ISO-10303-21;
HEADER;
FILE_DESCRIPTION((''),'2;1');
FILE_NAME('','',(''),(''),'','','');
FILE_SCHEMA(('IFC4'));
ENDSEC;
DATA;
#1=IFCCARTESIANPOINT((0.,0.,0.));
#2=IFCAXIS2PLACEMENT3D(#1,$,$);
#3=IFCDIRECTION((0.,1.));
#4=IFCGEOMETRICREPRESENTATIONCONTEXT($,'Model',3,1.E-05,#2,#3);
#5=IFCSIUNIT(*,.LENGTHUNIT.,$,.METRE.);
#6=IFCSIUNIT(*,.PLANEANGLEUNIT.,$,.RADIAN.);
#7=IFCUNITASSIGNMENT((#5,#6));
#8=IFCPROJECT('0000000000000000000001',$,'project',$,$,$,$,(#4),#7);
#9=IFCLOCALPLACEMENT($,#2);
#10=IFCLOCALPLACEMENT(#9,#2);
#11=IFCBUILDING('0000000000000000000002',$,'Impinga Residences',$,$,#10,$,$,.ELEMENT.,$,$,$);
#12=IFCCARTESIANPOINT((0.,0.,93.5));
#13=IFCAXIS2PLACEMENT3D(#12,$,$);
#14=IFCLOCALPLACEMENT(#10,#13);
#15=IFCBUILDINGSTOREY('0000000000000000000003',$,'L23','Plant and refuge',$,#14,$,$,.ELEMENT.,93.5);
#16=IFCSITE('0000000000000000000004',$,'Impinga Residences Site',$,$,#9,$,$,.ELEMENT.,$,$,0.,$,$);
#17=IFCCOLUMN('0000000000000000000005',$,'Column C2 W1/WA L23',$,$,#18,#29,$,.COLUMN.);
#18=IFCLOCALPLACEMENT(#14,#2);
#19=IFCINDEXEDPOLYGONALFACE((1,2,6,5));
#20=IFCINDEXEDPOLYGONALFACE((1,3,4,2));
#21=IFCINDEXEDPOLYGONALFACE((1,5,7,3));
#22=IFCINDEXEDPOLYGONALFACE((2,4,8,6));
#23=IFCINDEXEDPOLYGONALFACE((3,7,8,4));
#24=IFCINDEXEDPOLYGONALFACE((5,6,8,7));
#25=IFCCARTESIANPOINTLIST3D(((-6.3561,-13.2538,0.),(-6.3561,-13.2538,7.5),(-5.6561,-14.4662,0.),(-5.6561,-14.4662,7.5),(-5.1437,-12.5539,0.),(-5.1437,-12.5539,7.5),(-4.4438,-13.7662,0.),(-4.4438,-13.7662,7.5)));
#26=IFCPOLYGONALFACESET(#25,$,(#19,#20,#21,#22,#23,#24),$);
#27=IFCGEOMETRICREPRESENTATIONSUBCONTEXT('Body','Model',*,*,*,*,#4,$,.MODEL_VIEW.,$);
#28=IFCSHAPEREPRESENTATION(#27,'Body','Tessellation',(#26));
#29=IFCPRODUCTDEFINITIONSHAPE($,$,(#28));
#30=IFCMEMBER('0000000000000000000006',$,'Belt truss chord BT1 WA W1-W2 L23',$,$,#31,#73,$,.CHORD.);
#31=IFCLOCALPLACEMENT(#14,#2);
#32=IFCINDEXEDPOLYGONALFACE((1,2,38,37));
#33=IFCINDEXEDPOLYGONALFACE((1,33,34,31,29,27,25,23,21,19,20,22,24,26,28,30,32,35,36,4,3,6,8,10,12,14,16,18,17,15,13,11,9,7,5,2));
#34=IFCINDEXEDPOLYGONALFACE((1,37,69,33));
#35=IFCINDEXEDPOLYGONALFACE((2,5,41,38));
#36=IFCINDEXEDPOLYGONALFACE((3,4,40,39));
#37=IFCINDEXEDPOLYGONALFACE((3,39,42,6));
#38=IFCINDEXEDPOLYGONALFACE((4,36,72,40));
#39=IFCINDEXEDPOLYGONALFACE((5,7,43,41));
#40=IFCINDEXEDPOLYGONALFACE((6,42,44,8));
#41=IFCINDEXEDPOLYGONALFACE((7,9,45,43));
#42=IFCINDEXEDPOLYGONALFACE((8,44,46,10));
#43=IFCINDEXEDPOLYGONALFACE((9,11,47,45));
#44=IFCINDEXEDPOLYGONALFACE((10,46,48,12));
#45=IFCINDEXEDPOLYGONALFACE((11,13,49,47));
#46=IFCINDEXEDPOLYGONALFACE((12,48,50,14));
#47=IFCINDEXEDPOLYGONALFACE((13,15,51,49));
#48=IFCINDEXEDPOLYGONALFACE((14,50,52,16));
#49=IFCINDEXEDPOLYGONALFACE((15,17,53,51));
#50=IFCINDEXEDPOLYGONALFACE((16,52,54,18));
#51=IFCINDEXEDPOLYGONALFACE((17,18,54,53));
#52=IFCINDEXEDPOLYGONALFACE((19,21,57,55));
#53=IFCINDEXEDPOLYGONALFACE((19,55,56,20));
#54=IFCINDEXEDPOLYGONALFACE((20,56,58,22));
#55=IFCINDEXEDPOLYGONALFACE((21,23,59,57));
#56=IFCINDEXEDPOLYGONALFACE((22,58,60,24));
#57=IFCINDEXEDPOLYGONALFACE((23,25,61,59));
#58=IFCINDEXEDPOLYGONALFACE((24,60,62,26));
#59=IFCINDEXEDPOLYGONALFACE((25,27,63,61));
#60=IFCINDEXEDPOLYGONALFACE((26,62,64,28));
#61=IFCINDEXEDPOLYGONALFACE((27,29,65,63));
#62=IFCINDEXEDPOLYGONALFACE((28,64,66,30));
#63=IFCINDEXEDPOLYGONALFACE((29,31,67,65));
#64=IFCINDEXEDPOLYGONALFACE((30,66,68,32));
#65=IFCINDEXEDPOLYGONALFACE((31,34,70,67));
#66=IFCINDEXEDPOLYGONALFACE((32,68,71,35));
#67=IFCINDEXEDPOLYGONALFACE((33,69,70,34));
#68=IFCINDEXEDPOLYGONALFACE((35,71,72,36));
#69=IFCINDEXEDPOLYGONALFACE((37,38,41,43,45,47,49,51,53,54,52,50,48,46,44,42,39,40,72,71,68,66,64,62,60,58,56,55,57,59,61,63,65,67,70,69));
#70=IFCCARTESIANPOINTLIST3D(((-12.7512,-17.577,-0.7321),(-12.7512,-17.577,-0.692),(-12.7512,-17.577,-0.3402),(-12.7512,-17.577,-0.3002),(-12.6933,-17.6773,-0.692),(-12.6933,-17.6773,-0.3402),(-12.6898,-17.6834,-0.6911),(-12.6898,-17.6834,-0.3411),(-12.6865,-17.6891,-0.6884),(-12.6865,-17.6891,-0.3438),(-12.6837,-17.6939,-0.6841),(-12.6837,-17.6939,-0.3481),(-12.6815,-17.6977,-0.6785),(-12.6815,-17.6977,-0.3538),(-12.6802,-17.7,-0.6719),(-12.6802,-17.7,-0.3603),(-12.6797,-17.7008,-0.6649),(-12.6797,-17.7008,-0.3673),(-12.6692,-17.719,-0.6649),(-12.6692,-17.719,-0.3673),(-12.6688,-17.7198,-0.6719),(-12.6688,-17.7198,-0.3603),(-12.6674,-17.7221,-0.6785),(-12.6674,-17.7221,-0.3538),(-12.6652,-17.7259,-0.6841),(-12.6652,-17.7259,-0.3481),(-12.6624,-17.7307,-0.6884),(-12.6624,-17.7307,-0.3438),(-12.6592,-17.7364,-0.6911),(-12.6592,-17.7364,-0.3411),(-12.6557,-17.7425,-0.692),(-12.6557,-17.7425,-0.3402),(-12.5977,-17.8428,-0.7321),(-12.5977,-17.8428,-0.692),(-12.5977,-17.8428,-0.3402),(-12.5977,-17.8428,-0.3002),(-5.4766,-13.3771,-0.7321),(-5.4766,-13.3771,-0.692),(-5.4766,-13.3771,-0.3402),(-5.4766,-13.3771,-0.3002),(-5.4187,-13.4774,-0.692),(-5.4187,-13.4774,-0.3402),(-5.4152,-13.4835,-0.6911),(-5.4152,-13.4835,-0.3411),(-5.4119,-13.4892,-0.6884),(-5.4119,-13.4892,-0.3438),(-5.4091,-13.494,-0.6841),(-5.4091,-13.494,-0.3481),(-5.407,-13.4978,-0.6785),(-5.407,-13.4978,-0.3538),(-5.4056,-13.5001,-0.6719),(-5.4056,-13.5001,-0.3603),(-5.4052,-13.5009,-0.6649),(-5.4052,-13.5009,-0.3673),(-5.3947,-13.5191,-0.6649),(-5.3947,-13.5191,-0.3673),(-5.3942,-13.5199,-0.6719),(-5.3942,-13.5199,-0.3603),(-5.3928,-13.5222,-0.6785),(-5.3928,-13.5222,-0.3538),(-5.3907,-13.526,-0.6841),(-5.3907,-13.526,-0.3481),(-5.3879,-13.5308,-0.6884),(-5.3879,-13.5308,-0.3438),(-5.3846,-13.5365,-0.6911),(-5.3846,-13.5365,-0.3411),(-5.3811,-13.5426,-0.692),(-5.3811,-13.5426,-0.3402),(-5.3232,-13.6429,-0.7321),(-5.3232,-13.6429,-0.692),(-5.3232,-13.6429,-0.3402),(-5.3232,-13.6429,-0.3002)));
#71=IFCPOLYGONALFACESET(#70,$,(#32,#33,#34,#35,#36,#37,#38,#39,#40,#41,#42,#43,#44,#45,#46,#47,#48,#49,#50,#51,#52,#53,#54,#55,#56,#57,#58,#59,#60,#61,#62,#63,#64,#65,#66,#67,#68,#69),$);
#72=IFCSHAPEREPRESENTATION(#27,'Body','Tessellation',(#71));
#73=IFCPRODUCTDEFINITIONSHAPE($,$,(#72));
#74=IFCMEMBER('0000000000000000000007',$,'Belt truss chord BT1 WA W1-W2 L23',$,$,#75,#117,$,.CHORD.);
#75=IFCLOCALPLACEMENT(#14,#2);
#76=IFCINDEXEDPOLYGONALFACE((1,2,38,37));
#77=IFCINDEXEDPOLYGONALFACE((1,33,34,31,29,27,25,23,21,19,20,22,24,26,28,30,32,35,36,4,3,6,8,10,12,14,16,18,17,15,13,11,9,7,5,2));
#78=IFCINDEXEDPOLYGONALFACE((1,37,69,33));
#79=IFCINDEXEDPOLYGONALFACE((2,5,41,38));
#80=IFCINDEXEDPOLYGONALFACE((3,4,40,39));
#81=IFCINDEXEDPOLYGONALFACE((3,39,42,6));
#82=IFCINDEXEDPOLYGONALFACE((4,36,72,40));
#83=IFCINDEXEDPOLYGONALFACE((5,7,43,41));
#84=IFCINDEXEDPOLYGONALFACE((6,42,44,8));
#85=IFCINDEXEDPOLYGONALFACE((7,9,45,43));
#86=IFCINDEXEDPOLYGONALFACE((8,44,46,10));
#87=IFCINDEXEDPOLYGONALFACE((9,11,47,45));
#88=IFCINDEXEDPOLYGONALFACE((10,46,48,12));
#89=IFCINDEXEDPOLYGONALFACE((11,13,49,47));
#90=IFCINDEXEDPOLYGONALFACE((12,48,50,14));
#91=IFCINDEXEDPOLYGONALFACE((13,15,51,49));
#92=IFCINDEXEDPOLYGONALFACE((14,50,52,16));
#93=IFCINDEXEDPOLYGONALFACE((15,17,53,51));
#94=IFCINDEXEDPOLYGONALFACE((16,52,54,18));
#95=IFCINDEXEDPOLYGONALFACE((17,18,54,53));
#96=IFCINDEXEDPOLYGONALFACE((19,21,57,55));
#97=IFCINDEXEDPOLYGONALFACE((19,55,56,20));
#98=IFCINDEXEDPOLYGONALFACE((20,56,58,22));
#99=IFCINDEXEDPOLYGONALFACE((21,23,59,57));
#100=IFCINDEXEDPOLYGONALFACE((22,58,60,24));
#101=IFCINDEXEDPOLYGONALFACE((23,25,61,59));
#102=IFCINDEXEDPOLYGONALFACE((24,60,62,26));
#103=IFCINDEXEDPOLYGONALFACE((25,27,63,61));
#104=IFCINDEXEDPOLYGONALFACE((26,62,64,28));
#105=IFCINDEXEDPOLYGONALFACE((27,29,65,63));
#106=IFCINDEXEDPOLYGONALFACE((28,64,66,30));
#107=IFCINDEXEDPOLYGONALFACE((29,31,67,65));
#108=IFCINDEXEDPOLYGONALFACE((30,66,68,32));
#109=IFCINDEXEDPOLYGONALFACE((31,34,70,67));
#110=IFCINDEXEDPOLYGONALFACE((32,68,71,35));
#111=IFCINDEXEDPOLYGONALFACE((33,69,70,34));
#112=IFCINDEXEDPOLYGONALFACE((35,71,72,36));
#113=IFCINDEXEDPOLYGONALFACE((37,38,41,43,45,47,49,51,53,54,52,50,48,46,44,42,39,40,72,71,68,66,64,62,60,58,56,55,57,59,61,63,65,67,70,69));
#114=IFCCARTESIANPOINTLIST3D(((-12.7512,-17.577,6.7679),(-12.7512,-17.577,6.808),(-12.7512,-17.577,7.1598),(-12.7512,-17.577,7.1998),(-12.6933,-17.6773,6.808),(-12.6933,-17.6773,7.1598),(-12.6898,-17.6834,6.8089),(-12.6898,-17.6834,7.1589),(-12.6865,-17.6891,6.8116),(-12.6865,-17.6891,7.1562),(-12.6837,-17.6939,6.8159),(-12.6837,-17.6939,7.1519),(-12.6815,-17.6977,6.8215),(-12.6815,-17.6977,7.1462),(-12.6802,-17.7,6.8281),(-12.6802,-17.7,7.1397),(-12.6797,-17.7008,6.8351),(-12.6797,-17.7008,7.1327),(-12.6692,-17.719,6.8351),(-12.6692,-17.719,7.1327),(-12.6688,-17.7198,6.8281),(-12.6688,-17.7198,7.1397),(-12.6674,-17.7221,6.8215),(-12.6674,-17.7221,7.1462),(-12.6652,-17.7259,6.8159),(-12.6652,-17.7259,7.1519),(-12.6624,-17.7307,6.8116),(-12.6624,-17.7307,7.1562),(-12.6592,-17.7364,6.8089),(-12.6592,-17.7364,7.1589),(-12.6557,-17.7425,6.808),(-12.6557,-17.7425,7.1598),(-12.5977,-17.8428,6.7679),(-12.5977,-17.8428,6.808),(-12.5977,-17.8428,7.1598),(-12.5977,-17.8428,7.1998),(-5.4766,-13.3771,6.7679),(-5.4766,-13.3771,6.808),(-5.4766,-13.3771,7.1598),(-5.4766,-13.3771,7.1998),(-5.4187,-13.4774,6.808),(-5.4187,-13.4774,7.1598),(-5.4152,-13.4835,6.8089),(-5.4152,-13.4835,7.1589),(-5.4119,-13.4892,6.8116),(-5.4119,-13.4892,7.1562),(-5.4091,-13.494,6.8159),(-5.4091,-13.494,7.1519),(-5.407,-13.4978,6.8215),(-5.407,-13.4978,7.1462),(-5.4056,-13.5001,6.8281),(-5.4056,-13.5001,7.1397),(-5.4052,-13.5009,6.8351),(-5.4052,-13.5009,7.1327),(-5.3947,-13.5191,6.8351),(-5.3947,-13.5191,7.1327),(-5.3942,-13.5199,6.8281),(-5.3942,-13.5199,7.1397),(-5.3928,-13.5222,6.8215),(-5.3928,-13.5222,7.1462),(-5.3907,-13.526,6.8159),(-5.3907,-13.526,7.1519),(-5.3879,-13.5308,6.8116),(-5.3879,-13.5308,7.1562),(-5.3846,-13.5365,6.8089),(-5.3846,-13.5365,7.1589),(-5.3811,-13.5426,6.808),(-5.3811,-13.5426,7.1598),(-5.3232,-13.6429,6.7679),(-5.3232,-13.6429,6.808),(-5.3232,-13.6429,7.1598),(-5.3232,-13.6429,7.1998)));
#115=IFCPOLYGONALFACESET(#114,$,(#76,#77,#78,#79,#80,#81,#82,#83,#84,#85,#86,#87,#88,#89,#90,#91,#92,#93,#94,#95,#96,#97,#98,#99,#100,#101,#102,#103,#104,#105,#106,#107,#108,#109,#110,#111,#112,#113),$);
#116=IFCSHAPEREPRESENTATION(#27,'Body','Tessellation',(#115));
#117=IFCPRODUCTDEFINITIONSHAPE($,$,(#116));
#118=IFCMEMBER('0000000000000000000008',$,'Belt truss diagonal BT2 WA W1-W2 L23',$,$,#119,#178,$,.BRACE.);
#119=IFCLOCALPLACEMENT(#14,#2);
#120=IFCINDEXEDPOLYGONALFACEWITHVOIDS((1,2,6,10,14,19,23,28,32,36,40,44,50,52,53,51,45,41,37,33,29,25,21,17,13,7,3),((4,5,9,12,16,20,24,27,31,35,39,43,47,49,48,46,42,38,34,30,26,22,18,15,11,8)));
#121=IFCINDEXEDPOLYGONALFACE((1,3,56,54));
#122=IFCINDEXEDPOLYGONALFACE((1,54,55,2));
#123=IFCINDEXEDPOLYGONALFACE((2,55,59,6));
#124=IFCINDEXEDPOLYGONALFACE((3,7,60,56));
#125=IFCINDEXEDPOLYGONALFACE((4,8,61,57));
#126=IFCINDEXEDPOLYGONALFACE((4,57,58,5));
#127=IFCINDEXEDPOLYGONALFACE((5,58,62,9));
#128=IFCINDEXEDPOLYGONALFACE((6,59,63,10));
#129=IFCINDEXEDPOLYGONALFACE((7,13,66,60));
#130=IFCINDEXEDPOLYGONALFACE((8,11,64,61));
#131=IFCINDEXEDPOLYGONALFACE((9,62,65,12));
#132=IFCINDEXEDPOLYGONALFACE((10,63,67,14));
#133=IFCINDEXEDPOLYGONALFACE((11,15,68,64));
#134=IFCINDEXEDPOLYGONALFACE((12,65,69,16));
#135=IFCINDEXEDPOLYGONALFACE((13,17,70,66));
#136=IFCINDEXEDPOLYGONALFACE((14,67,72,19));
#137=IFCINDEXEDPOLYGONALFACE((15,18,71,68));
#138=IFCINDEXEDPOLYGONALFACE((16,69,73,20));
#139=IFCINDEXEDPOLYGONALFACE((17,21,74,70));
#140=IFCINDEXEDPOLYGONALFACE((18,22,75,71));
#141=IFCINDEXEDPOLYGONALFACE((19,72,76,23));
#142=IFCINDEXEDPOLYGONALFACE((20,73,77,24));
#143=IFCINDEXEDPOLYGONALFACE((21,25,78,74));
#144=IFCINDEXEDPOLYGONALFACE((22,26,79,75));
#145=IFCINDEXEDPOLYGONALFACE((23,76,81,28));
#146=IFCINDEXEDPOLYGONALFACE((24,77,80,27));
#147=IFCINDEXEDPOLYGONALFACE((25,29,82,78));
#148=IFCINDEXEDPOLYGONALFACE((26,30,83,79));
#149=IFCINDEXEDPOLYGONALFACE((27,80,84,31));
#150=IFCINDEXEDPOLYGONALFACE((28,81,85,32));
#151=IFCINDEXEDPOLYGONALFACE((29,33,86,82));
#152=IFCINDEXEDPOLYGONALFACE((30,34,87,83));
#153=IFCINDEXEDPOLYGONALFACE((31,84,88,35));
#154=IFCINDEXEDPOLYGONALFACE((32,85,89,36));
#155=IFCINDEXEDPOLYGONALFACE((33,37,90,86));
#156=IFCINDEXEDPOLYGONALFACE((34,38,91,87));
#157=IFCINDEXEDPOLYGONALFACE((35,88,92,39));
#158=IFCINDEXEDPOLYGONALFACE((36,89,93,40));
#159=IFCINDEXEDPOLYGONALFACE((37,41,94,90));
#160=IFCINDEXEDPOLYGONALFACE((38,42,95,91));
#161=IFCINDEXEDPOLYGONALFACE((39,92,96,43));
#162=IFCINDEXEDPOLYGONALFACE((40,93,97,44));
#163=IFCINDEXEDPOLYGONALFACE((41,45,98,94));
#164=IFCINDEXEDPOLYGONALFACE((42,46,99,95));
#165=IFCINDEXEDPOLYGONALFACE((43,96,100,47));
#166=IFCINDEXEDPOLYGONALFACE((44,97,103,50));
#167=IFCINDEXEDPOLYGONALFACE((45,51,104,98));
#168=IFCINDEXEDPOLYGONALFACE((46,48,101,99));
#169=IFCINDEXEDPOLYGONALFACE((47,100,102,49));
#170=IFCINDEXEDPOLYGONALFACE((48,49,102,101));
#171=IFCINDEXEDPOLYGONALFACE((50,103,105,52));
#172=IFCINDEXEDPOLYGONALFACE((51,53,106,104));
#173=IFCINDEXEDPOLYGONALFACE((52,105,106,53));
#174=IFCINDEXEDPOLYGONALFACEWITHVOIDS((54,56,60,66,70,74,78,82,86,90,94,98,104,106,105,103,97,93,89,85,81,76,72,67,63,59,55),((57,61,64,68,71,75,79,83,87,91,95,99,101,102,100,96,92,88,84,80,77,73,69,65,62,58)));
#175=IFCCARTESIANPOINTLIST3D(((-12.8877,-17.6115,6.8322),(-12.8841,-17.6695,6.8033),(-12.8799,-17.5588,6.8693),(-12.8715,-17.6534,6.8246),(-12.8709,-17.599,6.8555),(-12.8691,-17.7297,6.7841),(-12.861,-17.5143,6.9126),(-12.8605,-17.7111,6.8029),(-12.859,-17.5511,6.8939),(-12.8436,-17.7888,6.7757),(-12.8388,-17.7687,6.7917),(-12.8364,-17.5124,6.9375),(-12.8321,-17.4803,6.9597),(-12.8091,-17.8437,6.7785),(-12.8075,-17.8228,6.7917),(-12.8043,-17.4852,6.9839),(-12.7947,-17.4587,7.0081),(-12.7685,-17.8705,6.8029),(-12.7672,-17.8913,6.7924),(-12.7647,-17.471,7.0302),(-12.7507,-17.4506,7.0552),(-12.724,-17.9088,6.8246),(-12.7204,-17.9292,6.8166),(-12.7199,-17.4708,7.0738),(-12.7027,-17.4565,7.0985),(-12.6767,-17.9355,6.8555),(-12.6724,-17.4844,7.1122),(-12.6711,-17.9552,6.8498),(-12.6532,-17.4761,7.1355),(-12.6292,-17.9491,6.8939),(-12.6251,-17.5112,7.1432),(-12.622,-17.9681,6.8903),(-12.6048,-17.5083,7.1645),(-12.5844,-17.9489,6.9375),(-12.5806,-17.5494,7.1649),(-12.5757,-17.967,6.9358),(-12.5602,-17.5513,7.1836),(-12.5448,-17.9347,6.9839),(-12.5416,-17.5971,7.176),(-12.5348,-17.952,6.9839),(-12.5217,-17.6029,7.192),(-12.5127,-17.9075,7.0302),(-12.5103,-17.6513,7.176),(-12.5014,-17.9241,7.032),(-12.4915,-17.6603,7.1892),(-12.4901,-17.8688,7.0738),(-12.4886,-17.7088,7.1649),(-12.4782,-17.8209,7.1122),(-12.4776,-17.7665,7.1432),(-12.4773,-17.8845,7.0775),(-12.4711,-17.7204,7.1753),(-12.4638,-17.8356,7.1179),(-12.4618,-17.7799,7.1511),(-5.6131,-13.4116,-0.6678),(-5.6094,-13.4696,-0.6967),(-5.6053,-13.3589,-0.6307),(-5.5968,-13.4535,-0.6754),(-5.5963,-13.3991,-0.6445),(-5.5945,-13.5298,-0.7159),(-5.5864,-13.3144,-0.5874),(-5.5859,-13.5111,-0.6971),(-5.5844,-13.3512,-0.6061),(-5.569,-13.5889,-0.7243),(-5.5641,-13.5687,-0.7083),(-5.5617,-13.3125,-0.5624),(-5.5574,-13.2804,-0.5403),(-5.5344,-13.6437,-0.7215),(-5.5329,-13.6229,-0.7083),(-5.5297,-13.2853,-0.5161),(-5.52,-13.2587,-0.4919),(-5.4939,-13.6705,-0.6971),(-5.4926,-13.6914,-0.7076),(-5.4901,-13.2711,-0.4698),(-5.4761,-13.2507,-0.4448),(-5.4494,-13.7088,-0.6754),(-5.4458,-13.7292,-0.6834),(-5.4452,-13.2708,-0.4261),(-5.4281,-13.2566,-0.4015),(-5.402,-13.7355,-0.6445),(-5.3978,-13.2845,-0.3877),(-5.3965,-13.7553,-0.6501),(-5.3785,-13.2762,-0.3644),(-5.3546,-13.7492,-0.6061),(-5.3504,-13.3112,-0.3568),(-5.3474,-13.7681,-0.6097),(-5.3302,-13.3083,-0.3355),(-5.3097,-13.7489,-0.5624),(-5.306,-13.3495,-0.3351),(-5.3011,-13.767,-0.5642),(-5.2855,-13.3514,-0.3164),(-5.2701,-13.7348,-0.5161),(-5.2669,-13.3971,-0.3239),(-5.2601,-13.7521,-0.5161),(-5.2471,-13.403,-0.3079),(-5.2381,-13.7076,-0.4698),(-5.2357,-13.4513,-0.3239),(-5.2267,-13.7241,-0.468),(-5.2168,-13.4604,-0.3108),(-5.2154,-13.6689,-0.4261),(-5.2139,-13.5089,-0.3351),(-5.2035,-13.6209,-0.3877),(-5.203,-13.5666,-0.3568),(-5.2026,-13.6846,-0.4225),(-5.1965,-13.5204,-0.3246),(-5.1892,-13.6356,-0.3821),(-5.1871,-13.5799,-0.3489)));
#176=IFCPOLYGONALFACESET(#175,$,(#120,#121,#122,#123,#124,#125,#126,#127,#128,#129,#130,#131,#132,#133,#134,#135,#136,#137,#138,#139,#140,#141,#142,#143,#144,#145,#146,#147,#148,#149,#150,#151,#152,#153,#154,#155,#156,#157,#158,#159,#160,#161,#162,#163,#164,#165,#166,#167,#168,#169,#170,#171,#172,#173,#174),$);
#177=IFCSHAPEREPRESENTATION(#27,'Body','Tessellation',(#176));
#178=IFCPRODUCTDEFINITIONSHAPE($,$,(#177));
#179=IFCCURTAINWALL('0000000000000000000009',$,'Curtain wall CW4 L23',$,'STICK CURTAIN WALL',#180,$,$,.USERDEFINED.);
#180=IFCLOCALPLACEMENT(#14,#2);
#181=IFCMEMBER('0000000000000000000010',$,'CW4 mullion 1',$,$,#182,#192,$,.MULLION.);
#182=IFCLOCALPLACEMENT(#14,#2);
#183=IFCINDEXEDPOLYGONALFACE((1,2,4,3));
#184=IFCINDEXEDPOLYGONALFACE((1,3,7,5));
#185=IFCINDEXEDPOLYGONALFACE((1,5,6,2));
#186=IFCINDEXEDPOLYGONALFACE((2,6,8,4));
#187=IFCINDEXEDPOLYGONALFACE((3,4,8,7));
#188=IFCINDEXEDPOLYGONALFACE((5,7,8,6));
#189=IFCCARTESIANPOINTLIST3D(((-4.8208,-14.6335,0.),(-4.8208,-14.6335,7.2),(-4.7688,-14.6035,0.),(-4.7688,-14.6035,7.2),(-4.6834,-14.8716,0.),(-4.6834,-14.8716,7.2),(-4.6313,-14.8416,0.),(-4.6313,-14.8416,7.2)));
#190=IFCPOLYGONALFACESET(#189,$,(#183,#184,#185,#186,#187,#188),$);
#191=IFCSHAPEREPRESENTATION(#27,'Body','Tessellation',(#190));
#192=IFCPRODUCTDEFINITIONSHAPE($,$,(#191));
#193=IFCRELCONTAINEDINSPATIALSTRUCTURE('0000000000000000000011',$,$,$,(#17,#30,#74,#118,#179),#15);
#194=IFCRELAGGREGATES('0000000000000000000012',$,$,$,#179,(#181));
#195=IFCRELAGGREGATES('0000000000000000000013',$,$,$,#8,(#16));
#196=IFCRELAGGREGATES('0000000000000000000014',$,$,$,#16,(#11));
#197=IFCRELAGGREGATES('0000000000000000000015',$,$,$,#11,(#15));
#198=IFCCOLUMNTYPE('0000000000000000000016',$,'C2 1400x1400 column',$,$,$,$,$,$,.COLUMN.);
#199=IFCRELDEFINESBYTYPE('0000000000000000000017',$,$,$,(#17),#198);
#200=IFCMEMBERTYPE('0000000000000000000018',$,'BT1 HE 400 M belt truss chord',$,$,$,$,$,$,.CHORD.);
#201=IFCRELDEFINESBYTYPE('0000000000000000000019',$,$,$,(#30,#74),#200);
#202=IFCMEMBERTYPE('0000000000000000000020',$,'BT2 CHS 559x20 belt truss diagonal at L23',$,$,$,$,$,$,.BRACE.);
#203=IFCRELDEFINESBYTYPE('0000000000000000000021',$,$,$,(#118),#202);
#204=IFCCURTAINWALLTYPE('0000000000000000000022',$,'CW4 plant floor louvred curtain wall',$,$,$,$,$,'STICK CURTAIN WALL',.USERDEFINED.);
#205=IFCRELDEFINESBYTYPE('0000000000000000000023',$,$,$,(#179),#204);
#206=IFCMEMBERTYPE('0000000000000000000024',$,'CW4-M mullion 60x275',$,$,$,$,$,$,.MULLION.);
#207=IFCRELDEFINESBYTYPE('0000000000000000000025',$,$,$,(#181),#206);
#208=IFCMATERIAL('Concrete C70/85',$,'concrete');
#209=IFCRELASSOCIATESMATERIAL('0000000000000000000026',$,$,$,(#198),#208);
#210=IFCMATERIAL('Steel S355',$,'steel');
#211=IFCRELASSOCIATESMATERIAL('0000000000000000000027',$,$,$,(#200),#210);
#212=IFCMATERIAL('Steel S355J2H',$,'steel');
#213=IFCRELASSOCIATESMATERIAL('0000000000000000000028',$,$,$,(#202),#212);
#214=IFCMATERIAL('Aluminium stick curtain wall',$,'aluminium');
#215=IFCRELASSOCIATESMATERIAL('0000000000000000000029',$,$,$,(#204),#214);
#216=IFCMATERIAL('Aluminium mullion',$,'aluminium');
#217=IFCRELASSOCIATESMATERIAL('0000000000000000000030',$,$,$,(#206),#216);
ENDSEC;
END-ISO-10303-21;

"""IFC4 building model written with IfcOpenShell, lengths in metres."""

from ifc_helpers import new_model, si_unit, direction, frame, origin, origin_2d, place, context, subcontext, project, spatial, rectangle, hollow_circle, i_section, extrude, material, material_profile, profile_set, type_object, element, aggregate, save


model = new_model("IFC4")

# Units and contexts
model_context = context("Model", 3, precision=1e-05, world=origin(), true_north=direction((0.0, 1.0)))
body_context = subcontext(model_context, "Body", "Model", "MODEL_VIEW")
ifc_project = project(units=[si_unit("LENGTHUNIT", "METRE"), si_unit("PLANEANGLEUNIT", "RADIAN")], contexts=[model_context])

# Site, building, storey
site_placement = place(None, origin())
site = spatial("IfcSite", under=ifc_project, at=site_placement, Name="Impinga Residences Site", CompositionType="ELEMENT", RefElevation=0.0)
building_placement = place(site_placement, origin())
building = spatial("IfcBuilding", under=site, at=building_placement, Name="Impinga Residences", CompositionType="ELEMENT")
storey_placement = place(building_placement, frame((0.0, 0.0, 93.5)))
storey = spatial("IfcBuildingStorey", under=building, at=storey_placement, Name="L23", Description="Plant and refuge", CompositionType="ELEMENT", Elevation=93.5)

# Column
ifc_material_1 = material(Name="Concrete C70/85", Category="concrete")
ifc_material_profile_1 = material_profile(ifc_material_1, rectangle(XDim=1.3999, YDim=1.3999, at=origin_2d()), Name="RC 1400x1400")
ifc_profile_set_1 = profile_set([ifc_material_profile_1], Name="Concrete C70/85")
column_type = type_object("IfcColumnType", Name="C2 1400x1400 column", PredefinedType="COLUMN", material=ifc_profile_set_1)
column_placement = place(storey_placement, frame((-5.3999, -13.51, 0.0), z_axis=(0.0, 0.0, 1.0), x_axis=(-0.5, 0.866025, 0.0)))
element("IfcColumn", 1, at=column_placement, inside=storey, type_object=column_type, Name="Column C2 W1/WA L23", PredefinedType="COLUMN", context=body_context, shape_type="SweptSolid", body=[
    extrude(rectangle(XDim=1.3999, YDim=1.3999, at=origin_2d()), origin(), (0.0, 0.0, 1.0), 7.5),
])

# Members
ifc_material_2 = material(Name="Steel S355", Category="steel")
ifc_material_profile_2 = material_profile(ifc_material_2, i_section(OverallWidth=0.3069, OverallDepth=0.4319, WebThickness=0.021, FlangeThickness=0.04, FilletRadius=0.0271, at=origin_2d()), Name="HE 400 M")
ifc_profile_set_2 = profile_set([ifc_material_profile_2], Name="Steel S355")
member_type_1 = type_object("IfcMemberType", Name="BT1 HE 400 M belt truss chord", PredefinedType="CHORD", material=ifc_profile_set_2)
for number, where, z_axis, x_axis, name in (
    (2, (-5.3999, -13.51, -0.5161), (-0.866029, -0.499993, 0.0), (0.499993, -0.866029, 0.0), "Belt truss chord BT1 WA W1-W2 L23"),
    (3, (-5.3999, -13.51, 6.9839), (-0.866029, -0.499993, 0.0), (0.499993, -0.866029, 0.0), "Belt truss chord BT1 WA W1-W2 L23"),
):
    element("IfcMember", number, at=place(storey_placement, frame(where, z_axis=z_axis, x_axis=x_axis)), inside=storey, type_object=member_type_1, Name=name, PredefinedType="CHORD", context=body_context, shape_type="SweptSolid", body=[
        extrude(i_section(OverallWidth=0.3069, OverallDepth=0.4319, WebThickness=0.021, FlangeThickness=0.04, FilletRadius=0.0271, at=origin_2d()), origin(), (0.0, 0.0, 1.0), 8.3999),
    ])
ifc_material_3 = material(Name="Steel S355J2H", Category="steel")
ifc_material_profile_3 = material_profile(ifc_material_3, hollow_circle(Radius=0.2795, WallThickness=0.02, at=origin_2d()), Name="CHS 559x20")
ifc_profile_set_3 = profile_set([ifc_material_profile_3], Name="Steel S355J2H")
member_type_2 = type_object("IfcMemberType", Name="BT2 CHS 559x20 belt truss diagonal at L23", PredefinedType="BRACE", material=ifc_profile_set_3)
member_1_placement = place(storey_placement, frame((-5.3999, -13.51, -0.5161), z_axis=(-0.646004, -0.372964, 0.666015), x_axis=(0.499993, -0.866029, 0.0)))
element("IfcMember", 4, at=member_1_placement, inside=storey, type_object=member_type_2, Name="Belt truss diagonal BT2 WA W1-W2 L23", PredefinedType="BRACE", context=body_context, shape_type="SweptSolid", body=[
    extrude(hollow_circle(Radius=0.2795, WallThickness=0.02, at=origin_2d()), origin(), (0.0, 0.0, 1.0), 11.261),
])

# Curtain wall, member
ifc_material_4 = material(Name="Aluminium stick curtain wall", Category="aluminium")
curtain_wall_type = type_object("IfcCurtainWallType", Name="CW4 plant floor louvred curtain wall", ElementType="STICK CURTAIN WALL", PredefinedType="USERDEFINED", material=ifc_material_4)
curtain_wall_placement = place(storey_placement, origin())
curtain_wall = element("IfcCurtainWall", 5, at=curtain_wall_placement, inside=storey, type_object=curtain_wall_type, Name="Curtain wall CW4 L23", ObjectType="STICK CURTAIN WALL", PredefinedType="USERDEFINED")
ifc_material_5 = material(Name="Aluminium mullion", Category="aluminium")
ifc_material_profile_4 = material_profile(ifc_material_5, rectangle(XDim=0.0601, YDim=0.2749, at=origin_2d()), Name="60x275 mullion")
ifc_profile_set_4 = profile_set([ifc_material_profile_4], Name="Aluminium mullion")
member_type_3 = type_object("IfcMemberType", Name="CW4-M mullion 60x275", PredefinedType="MULLION", material=ifc_profile_set_4)
member_2_placement = place(storey_placement, frame((-4.7261, -14.7375, 0.0), z_axis=(0.0, 0.0, 1.0), x_axis=(-0.866025, -0.5, 0.0)))
member_2 = element("IfcMember", 6, at=member_2_placement, type_object=member_type_3, Name="CW4 mullion 1", PredefinedType="MULLION", context=body_context, shape_type="SweptSolid", body=[
    extrude(rectangle(XDim=0.0601, YDim=0.2749, at=origin_2d()), origin(), (0.0, 0.0, 1.0), 7.2),
])
aggregate(curtain_wall, [member_2])

save(model, "model.ifc")
